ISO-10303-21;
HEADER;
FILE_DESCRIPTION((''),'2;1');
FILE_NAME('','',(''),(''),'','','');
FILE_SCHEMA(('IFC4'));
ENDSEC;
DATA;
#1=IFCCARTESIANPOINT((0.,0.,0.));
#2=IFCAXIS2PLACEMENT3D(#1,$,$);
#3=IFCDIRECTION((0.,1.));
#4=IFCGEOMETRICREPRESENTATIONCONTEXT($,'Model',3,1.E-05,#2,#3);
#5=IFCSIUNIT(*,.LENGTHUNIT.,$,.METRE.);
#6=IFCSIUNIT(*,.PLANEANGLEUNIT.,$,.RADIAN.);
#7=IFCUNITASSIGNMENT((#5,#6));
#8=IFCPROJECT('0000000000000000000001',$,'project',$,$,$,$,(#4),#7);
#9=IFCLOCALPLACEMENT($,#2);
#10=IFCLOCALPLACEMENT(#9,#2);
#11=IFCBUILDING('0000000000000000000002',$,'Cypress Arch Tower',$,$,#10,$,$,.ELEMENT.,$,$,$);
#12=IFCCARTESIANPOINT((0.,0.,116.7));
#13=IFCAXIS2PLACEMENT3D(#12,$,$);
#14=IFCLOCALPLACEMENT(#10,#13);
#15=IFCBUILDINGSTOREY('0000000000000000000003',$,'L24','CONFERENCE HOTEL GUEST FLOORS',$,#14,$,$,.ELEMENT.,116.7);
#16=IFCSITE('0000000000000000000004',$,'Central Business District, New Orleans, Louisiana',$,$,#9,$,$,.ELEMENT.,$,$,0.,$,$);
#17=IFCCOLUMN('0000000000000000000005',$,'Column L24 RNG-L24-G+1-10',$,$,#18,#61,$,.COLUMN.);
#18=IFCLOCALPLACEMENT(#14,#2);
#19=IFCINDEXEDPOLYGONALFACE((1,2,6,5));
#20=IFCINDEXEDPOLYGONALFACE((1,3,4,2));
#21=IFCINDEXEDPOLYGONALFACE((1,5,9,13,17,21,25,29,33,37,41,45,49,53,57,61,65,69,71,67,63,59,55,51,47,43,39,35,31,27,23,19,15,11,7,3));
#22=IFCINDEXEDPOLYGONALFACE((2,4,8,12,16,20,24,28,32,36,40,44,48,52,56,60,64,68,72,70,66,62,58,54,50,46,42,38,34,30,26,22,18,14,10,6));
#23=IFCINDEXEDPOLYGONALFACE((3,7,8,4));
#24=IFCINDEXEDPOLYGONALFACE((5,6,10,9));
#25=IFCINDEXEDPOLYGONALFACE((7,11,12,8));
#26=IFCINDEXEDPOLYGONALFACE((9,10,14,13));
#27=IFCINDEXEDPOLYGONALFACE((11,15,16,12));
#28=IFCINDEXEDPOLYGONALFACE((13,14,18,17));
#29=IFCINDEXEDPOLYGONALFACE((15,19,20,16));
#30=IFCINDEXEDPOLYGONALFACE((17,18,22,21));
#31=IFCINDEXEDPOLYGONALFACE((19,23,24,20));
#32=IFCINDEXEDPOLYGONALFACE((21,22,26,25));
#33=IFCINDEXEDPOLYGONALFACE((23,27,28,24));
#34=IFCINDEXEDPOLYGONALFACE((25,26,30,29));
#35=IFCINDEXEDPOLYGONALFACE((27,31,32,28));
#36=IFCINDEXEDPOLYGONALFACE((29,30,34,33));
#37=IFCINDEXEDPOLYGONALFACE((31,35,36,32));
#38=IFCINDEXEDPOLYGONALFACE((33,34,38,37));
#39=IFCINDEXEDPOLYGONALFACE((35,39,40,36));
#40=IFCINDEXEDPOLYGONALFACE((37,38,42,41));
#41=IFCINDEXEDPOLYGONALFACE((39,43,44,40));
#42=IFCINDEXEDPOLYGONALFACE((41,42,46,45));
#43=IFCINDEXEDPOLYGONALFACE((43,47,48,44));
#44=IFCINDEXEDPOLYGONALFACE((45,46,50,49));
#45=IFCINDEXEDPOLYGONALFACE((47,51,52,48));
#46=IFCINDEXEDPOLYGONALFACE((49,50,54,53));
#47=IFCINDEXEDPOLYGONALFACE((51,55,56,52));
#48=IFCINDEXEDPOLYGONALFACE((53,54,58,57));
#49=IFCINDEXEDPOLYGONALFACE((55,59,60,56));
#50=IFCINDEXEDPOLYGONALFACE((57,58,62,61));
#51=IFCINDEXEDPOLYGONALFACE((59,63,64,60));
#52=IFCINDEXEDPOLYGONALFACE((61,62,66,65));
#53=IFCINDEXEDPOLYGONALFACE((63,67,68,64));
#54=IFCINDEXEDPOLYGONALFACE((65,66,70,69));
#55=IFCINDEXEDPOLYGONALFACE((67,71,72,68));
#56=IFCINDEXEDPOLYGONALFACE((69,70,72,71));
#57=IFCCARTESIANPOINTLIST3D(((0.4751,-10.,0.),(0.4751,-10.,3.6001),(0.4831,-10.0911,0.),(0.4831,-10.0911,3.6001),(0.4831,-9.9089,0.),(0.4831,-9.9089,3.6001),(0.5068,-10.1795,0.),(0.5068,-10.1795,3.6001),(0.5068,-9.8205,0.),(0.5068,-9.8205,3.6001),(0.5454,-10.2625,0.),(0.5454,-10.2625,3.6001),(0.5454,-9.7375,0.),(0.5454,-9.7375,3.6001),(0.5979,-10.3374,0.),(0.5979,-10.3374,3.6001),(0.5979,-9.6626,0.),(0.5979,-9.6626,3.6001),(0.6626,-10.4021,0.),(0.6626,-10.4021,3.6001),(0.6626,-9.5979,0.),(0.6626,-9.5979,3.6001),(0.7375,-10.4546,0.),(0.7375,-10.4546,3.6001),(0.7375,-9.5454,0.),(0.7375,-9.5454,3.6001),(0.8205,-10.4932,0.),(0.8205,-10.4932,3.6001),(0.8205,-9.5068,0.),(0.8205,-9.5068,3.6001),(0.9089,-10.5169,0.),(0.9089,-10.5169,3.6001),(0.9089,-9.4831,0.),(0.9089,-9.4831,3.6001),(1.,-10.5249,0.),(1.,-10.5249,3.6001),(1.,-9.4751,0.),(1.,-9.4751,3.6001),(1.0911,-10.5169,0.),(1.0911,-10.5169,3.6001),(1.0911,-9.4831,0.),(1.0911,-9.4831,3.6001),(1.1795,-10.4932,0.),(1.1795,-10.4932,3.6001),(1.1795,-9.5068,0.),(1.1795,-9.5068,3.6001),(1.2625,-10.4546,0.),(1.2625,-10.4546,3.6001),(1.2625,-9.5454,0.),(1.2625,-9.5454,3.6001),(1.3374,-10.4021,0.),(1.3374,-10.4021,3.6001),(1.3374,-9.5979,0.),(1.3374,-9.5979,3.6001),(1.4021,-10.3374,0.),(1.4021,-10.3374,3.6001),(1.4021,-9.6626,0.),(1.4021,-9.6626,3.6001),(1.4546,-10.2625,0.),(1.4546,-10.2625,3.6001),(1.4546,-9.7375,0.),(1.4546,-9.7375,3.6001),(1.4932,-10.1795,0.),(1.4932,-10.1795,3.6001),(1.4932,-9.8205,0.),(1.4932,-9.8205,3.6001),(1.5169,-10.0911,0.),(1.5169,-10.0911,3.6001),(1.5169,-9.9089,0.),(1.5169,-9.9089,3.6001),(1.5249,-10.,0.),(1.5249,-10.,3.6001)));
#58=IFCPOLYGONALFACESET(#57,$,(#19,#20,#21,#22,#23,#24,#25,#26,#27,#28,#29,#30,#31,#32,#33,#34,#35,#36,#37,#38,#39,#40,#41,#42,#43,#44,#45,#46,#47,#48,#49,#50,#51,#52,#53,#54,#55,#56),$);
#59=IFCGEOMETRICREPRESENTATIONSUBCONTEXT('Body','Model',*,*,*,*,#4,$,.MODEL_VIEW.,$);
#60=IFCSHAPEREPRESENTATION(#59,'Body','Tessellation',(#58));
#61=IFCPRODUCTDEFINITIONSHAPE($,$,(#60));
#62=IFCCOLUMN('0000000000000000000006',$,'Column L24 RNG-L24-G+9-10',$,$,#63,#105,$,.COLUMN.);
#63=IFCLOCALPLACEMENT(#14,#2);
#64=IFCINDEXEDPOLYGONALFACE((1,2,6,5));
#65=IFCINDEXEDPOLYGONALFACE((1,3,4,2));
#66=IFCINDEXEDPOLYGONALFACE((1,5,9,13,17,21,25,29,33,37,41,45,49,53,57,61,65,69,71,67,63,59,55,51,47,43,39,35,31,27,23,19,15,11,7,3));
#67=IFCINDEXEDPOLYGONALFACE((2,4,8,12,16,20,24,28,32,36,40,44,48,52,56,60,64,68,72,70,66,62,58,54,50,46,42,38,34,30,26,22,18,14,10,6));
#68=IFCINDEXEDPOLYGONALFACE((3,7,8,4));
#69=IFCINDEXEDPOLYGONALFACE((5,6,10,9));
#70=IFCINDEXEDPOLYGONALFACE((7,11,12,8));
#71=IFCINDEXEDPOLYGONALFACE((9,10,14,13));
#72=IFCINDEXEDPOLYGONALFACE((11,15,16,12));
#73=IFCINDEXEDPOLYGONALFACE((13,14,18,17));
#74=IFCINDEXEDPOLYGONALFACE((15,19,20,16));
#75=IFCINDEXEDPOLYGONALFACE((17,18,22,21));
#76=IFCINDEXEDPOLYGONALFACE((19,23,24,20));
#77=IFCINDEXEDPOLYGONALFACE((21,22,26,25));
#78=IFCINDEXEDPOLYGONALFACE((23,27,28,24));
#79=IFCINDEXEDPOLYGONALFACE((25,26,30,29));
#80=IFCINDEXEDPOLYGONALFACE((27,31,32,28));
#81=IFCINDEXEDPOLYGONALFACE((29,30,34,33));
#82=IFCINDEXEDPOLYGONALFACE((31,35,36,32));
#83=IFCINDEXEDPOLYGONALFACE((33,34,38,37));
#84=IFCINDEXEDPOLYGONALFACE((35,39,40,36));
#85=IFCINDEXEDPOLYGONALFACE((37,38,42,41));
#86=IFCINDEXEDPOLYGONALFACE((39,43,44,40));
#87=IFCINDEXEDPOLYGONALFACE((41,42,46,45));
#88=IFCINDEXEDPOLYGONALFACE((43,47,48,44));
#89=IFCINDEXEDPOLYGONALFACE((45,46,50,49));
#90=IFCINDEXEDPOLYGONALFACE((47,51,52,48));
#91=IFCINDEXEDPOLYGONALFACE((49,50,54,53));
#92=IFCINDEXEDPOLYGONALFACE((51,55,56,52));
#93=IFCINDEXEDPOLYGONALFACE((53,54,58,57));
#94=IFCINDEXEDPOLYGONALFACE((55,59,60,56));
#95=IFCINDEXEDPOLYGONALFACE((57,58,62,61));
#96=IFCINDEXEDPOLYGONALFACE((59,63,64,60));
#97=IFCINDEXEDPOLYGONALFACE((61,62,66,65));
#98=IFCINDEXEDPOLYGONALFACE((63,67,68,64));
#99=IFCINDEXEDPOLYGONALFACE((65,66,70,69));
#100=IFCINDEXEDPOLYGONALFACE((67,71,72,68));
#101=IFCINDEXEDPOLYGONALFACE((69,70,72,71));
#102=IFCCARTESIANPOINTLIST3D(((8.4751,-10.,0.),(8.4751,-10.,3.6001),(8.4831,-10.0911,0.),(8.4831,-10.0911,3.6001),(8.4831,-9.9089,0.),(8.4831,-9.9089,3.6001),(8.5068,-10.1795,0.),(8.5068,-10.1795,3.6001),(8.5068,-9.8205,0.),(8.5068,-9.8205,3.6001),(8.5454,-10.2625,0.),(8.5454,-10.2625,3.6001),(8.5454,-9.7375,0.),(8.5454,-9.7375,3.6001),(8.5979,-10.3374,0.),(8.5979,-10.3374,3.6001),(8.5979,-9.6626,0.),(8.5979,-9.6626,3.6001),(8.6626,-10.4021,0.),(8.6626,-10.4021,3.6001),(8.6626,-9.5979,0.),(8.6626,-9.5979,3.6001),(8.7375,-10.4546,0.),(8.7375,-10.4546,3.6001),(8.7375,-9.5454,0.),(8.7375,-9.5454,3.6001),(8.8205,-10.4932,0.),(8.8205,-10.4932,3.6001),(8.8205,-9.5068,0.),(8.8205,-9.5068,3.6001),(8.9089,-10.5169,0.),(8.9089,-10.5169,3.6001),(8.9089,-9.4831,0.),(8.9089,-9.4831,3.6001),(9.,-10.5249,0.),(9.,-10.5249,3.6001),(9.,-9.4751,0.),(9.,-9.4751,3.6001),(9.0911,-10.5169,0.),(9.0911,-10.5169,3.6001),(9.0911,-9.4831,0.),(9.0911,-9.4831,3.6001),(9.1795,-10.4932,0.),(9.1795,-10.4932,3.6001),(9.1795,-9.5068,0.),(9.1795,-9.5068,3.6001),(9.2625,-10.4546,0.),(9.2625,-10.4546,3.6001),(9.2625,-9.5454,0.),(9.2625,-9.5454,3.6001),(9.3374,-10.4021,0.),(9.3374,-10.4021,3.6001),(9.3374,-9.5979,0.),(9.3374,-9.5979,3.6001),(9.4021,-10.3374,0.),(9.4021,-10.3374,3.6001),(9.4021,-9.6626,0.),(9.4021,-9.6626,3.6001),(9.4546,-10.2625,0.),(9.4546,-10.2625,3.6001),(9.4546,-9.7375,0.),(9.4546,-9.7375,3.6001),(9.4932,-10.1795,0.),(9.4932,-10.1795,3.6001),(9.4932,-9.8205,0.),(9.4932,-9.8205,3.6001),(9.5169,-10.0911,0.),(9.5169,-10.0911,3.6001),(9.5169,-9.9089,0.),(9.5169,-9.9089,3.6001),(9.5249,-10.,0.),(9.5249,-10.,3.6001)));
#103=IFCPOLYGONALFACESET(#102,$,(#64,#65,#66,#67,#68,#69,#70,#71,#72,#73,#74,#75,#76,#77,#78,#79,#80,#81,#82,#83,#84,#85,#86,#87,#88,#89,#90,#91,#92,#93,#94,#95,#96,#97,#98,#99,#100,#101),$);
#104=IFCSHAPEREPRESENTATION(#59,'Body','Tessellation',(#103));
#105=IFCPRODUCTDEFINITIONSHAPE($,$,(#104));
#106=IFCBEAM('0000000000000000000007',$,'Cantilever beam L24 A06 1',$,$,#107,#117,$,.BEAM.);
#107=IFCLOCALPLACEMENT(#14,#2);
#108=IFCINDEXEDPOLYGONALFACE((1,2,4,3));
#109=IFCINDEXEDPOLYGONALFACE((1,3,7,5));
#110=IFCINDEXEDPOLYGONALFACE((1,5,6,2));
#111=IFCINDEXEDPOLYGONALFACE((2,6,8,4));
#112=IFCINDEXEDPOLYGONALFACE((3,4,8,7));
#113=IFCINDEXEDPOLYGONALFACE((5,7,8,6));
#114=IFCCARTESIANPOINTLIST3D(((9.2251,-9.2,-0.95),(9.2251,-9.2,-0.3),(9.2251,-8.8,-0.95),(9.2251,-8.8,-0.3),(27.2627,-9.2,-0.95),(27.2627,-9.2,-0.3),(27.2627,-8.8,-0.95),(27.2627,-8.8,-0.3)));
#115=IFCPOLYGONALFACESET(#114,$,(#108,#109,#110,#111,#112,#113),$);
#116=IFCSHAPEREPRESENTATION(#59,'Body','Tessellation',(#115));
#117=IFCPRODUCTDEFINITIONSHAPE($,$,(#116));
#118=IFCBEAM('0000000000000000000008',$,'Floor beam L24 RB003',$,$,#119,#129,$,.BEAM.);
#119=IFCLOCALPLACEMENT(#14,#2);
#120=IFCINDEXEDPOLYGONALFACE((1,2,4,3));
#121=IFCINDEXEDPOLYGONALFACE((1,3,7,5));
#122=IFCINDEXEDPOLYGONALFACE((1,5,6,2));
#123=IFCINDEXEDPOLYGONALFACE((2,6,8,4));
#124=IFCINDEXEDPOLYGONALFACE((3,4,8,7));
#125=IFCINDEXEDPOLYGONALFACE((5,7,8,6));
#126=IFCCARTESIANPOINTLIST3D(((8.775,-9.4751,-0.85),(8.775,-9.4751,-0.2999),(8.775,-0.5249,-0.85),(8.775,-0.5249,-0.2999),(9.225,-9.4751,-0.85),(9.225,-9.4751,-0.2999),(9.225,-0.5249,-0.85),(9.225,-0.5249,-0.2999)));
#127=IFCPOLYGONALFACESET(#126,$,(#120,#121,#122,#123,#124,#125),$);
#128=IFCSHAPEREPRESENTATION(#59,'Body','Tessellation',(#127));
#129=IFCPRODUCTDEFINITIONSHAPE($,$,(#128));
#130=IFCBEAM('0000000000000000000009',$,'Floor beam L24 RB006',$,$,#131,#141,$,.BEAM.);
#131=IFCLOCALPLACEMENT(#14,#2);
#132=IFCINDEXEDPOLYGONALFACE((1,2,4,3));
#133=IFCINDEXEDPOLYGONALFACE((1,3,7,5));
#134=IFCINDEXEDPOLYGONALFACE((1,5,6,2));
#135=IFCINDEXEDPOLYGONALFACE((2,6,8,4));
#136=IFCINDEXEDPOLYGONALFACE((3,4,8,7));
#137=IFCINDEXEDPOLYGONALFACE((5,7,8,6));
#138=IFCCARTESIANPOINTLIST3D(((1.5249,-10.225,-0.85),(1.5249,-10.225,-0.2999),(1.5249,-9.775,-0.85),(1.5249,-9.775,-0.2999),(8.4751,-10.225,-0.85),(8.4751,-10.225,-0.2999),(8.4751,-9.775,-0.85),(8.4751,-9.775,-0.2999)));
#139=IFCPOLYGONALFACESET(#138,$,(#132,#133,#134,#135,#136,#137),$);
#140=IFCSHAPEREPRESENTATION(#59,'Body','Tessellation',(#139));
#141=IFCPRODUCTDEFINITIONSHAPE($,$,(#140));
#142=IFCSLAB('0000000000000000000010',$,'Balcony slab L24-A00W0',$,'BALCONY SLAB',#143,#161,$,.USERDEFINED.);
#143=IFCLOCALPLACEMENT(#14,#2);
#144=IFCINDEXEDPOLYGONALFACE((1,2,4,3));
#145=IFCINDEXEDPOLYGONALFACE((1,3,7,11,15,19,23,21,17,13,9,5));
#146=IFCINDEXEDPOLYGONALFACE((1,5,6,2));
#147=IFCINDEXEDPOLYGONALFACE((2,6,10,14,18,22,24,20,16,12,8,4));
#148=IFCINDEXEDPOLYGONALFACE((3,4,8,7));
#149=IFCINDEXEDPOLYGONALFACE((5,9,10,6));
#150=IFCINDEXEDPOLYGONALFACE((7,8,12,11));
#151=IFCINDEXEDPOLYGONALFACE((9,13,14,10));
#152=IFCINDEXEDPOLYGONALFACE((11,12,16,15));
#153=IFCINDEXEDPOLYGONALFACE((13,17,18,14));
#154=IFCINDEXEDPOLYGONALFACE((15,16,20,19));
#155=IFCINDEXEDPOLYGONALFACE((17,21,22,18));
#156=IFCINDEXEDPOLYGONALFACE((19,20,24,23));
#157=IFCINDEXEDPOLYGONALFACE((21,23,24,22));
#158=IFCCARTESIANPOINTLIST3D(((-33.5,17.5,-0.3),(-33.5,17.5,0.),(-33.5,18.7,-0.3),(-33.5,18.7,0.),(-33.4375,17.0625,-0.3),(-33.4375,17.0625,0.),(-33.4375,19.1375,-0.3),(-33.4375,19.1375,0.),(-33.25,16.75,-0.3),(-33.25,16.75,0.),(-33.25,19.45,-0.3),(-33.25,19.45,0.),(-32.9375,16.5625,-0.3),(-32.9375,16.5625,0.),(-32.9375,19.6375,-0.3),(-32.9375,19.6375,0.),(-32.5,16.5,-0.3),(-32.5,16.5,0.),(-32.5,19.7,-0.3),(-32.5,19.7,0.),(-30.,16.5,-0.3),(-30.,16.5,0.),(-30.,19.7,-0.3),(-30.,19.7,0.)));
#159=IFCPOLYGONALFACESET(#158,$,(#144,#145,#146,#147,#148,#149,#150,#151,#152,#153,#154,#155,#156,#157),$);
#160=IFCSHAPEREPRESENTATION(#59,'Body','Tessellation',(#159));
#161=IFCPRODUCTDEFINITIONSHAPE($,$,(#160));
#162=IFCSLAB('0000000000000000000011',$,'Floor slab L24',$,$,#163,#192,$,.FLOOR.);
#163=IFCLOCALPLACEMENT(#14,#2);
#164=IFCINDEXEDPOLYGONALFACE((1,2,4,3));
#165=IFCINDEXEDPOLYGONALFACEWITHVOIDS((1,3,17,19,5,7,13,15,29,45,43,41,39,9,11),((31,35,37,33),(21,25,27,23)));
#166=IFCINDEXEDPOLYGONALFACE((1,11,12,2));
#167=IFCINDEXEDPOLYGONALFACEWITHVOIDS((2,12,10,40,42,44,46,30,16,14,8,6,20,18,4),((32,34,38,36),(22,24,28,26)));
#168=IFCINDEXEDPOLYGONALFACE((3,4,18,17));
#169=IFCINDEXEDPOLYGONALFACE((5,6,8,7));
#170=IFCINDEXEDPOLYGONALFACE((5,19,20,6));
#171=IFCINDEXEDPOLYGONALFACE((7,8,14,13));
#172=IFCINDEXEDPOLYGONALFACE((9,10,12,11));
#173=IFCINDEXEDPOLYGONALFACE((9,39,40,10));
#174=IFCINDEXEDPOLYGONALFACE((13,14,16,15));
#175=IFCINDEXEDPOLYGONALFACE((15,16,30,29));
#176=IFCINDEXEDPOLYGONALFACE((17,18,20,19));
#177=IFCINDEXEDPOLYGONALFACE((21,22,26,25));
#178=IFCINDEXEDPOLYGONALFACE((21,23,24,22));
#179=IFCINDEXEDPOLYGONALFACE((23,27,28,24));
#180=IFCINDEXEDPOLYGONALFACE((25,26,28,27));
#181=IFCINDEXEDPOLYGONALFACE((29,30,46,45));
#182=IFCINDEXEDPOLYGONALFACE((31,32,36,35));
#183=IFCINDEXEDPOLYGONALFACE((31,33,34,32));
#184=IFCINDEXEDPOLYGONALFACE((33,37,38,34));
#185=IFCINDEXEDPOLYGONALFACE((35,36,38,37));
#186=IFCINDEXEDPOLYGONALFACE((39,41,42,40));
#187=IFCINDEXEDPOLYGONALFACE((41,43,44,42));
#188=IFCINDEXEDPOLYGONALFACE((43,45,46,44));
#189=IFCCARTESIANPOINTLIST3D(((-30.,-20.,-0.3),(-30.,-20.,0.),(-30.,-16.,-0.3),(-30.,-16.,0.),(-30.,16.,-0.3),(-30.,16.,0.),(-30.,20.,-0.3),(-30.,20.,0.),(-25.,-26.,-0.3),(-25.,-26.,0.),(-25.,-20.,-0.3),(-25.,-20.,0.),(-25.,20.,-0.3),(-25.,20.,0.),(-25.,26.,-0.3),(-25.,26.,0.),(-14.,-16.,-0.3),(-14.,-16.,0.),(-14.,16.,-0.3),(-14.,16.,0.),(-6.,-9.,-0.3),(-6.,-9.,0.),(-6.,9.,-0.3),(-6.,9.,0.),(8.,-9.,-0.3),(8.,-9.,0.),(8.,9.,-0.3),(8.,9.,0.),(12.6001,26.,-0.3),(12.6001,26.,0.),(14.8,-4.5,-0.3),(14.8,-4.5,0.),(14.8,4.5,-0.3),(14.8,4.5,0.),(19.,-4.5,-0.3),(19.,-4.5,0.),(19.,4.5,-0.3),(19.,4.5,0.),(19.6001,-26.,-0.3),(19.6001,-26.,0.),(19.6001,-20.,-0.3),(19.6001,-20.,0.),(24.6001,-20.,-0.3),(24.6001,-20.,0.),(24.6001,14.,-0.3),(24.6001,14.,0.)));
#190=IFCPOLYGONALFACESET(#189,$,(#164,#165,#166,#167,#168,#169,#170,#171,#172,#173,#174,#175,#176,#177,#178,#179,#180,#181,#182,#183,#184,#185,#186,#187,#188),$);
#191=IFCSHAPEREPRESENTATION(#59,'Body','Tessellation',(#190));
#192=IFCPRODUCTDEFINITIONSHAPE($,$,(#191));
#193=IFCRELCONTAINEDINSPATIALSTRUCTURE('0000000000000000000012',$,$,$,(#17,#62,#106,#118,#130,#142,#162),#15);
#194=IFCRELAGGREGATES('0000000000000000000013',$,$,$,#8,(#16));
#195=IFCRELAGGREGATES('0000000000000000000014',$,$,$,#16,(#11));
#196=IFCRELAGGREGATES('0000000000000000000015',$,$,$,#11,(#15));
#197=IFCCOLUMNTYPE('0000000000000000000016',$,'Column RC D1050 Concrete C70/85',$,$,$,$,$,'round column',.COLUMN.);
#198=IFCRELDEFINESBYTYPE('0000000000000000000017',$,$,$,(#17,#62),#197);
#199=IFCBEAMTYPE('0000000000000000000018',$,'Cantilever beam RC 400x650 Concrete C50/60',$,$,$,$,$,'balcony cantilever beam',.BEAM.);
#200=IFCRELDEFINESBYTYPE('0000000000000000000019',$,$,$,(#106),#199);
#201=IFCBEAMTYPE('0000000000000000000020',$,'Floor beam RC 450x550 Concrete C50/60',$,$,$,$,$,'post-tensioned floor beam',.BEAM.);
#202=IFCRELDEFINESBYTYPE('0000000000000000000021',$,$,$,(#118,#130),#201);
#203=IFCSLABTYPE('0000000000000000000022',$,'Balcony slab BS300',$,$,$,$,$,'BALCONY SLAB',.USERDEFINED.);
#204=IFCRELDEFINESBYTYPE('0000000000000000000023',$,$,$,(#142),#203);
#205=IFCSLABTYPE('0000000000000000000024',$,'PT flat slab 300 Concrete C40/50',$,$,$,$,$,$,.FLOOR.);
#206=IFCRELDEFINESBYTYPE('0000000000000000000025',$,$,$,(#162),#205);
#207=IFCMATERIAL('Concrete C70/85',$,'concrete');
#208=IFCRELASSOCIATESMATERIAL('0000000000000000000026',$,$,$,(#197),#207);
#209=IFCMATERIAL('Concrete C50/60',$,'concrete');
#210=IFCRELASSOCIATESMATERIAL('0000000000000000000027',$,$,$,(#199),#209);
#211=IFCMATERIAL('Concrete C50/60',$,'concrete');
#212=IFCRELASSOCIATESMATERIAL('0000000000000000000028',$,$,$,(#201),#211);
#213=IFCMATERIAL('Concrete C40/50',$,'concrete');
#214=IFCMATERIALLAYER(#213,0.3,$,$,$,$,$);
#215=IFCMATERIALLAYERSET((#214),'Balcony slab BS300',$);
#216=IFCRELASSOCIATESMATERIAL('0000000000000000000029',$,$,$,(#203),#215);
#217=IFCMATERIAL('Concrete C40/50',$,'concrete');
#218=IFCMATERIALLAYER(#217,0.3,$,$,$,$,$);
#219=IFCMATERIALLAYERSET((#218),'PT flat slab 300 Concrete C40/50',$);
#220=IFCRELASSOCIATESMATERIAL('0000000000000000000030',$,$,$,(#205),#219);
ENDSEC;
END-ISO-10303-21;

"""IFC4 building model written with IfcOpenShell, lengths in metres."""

from ifc_helpers import new_model, si_unit, direction, frame, origin, origin_2d, place, context, subcontext, project, spatial, polyline, rectangle, circle, outline, extrude, material, layer, layer_set, material_profile, profile_set, type_object, element, save


model = new_model("IFC4")

# Units and contexts
model_context = context("Model", 3, precision=1e-05, world=origin(), true_north=direction((0.0, 1.0)))
body_context = subcontext(model_context, "Body", "Model", "MODEL_VIEW")
ifc_project = project(units=[si_unit("LENGTHUNIT", "METRE"), si_unit("PLANEANGLEUNIT", "RADIAN")], contexts=[model_context])

# Site, building, storey
site_placement = place(None, origin())
site = spatial("IfcSite", under=ifc_project, at=site_placement, Name="Central Business District, New Orleans, Louisiana", CompositionType="ELEMENT", RefElevation=0.0)
building_placement = place(site_placement, origin())
building = spatial("IfcBuilding", under=site, at=building_placement, Name="Cypress Arch Tower", CompositionType="ELEMENT")
storey_placement = place(building_placement, frame((0.0, 0.0, 116.7)))
storey = spatial("IfcBuildingStorey", under=building, at=storey_placement, Name="L24", Description="CONFERENCE HOTEL GUEST FLOORS", CompositionType="ELEMENT", Elevation=116.7)

# Columns
ifc_material_1 = material(Name="Concrete C70/85", Category="concrete")
ifc_material_profile_1 = material_profile(ifc_material_1, circle(Radius=0.5249, at=origin_2d()), Name="RC D1050")
ifc_profile_set_1 = profile_set([ifc_material_profile_1], Name="Concrete C70/85")
column_type = type_object("IfcColumnType", Name="Column RC D1050 Concrete C70/85", ElementType="round column", PredefinedType="COLUMN", material=ifc_profile_set_1)
for number, where, z_axis, x_axis, name in (
    (1, (1.0, -10.0, 0.0), (0.0, 0.0, 1.0), (1.0, 0.0, 0.0), "Column L24 RNG-L24-G+1-10"),
    (2, (9.0, -10.0, 0.0), (0.0, 0.0, 1.0), (1.0, 0.0, 0.0), "Column L24 RNG-L24-G+9-10"),
):
    element("IfcColumn", number, at=place(storey_placement, frame(where, z_axis=z_axis, x_axis=x_axis)), inside=storey, type_object=column_type, Name=name, PredefinedType="COLUMN", context=body_context, shape_type="SweptSolid", body=[
        extrude(circle(Radius=0.5249, at=origin_2d()), origin(), (0.0, 0.0, 1.0), 3.6001),
    ])

# Beams
ifc_material_2 = material(Name="Concrete C50/60", Category="concrete")
ifc_material_profile_2 = material_profile(ifc_material_2, rectangle(XDim=0.3999, YDim=0.6499, at=origin_2d()), Name="RC 400x650")
ifc_profile_set_2 = profile_set([ifc_material_profile_2], Name="Concrete C50/60")
beam_type_1 = type_object("IfcBeamType", Name="Cantilever beam RC 400x650 Concrete C50/60", ElementType="balcony cantilever beam", PredefinedType="BEAM", material=ifc_profile_set_2)
beam_1_placement = place(storey_placement, frame((9.2251, -9.0, -0.625), z_axis=(1.0, 0.0, 0.0), x_axis=(0.0, 1.0, 0.0)))
element("IfcBeam", 3, at=beam_1_placement, inside=storey, type_object=beam_type_1, Name="Cantilever beam L24 A06 1", PredefinedType="BEAM", context=body_context, shape_type="SweptSolid", body=[
    extrude(rectangle(XDim=0.3999, YDim=0.6499, at=origin_2d()), origin(), (0.0, 0.0, 1.0), 18.0376),
])
ifc_material_3 = material(Name="Concrete C50/60", Category="concrete")
ifc_material_profile_3 = material_profile(ifc_material_3, rectangle(XDim=0.45, YDim=0.55, at=origin_2d()), Name="RC 450x550")
ifc_profile_set_3 = profile_set([ifc_material_profile_3], Name="Concrete C50/60")
beam_type_2 = type_object("IfcBeamType", Name="Floor beam RC 450x550 Concrete C50/60", ElementType="post-tensioned floor beam", PredefinedType="BEAM", material=ifc_profile_set_3)
beam_2_placement = place(storey_placement, frame((9.0, -9.4751, -0.575), z_axis=(0.0, 1.0, 0.0), x_axis=(-1.0, 0.0, 0.0)))
element("IfcBeam", 4, at=beam_2_placement, inside=storey, type_object=beam_type_2, Name="Floor beam L24 RB003", PredefinedType="BEAM", context=body_context, shape_type="SweptSolid", body=[
    extrude(rectangle(XDim=0.45, YDim=0.55, at=origin_2d()), origin(), (0.0, 0.0, 1.0), 8.9502),
])
beam_3_placement = place(storey_placement, frame((1.5249, -10.0, -0.575), z_axis=(1.0, 0.0, 0.0), x_axis=(0.0, 1.0, 0.0)))
element("IfcBeam", 5, at=beam_3_placement, inside=storey, type_object=beam_type_2, Name="Floor beam L24 RB006", PredefinedType="BEAM", context=body_context, shape_type="SweptSolid", body=[
    extrude(rectangle(XDim=0.45, YDim=0.55, at=origin_2d()), origin(), (0.0, 0.0, 1.0), 6.9502),
])

# Slabs
ifc_material_4 = material(Name="Concrete C40/50", Category="concrete")
ifc_layer_1 = layer(ifc_material_4, 0.3)
ifc_layer_set_1 = layer_set([ifc_layer_1], Name="Balcony slab BS300")
slab_type_1 = type_object("IfcSlabType", Name="Balcony slab BS300", ElementType="BALCONY SLAB", PredefinedType="USERDEFINED", material=ifc_layer_set_1)
slab_1_placement = place(storey_placement, frame((0.0, 0.0, -0.3)))
element("IfcSlab", 6, at=slab_1_placement, inside=storey, type_object=slab_type_1, Name="Balcony slab L24-A00W0", ObjectType="BALCONY SLAB", PredefinedType="USERDEFINED", context=body_context, shape_type="SweptSolid", body=[
    extrude(outline(polyline([(-30.0, 19.7), (-32.5, 19.7), (-32.9375, 19.6375), (-33.25, 19.45), (-33.4375, 19.1375), (-33.5, 18.7), (-33.5, 17.5), (-33.4375, 17.0625), (-33.25, 16.75), (-32.9375, 16.5625), (-32.5, 16.5), (-30.0, 16.5), (-30.0, 19.7)])), origin(), (0.0, 0.0, 1.0), 0.3),
])
ifc_material_5 = material(Name="Concrete C40/50", Category="concrete")
ifc_layer_2 = layer(ifc_material_5, 0.3)
ifc_layer_set_2 = layer_set([ifc_layer_2], Name="PT flat slab 300 Concrete C40/50")
slab_type_2 = type_object("IfcSlabType", Name="PT flat slab 300 Concrete C40/50", PredefinedType="FLOOR", material=ifc_layer_set_2)
slab_2_placement = place(storey_placement, frame((0.0, 0.0, -0.3)))
element("IfcSlab", 7, at=slab_2_placement, inside=storey, type_object=slab_type_2, Name="Floor slab L24", PredefinedType="FLOOR", context=body_context, shape_type="SweptSolid", body=[
    extrude(outline(polyline([(-30.0, 20.0), (-25.0, 20.0), (-25.0, 26.0), (12.6001, 26.0), (24.6001, 14.0), (24.6001, -20.0), (19.6001, -20.0), (19.6001, -26.0), (-25.0, -26.0), (-25.0, -20.0), (-30.0, -20.0), (-30.0, -16.0), (-14.0, -16.0), (-14.0, 16.0), (-30.0, 16.0), (-30.0, 20.0)]), holes=[polyline([(-6.0, -9.0), (8.0, -9.0), (8.0, 9.0), (-6.0, 9.0), (-6.0, -9.0)]), polyline([(14.8, -4.5), (19.0, -4.5), (19.0, 4.5), (14.8, 4.5), (14.8, -4.5)])]), origin(), (0.0, 0.0, 1.0), 0.3),
])

save(model, "model.ifc")
